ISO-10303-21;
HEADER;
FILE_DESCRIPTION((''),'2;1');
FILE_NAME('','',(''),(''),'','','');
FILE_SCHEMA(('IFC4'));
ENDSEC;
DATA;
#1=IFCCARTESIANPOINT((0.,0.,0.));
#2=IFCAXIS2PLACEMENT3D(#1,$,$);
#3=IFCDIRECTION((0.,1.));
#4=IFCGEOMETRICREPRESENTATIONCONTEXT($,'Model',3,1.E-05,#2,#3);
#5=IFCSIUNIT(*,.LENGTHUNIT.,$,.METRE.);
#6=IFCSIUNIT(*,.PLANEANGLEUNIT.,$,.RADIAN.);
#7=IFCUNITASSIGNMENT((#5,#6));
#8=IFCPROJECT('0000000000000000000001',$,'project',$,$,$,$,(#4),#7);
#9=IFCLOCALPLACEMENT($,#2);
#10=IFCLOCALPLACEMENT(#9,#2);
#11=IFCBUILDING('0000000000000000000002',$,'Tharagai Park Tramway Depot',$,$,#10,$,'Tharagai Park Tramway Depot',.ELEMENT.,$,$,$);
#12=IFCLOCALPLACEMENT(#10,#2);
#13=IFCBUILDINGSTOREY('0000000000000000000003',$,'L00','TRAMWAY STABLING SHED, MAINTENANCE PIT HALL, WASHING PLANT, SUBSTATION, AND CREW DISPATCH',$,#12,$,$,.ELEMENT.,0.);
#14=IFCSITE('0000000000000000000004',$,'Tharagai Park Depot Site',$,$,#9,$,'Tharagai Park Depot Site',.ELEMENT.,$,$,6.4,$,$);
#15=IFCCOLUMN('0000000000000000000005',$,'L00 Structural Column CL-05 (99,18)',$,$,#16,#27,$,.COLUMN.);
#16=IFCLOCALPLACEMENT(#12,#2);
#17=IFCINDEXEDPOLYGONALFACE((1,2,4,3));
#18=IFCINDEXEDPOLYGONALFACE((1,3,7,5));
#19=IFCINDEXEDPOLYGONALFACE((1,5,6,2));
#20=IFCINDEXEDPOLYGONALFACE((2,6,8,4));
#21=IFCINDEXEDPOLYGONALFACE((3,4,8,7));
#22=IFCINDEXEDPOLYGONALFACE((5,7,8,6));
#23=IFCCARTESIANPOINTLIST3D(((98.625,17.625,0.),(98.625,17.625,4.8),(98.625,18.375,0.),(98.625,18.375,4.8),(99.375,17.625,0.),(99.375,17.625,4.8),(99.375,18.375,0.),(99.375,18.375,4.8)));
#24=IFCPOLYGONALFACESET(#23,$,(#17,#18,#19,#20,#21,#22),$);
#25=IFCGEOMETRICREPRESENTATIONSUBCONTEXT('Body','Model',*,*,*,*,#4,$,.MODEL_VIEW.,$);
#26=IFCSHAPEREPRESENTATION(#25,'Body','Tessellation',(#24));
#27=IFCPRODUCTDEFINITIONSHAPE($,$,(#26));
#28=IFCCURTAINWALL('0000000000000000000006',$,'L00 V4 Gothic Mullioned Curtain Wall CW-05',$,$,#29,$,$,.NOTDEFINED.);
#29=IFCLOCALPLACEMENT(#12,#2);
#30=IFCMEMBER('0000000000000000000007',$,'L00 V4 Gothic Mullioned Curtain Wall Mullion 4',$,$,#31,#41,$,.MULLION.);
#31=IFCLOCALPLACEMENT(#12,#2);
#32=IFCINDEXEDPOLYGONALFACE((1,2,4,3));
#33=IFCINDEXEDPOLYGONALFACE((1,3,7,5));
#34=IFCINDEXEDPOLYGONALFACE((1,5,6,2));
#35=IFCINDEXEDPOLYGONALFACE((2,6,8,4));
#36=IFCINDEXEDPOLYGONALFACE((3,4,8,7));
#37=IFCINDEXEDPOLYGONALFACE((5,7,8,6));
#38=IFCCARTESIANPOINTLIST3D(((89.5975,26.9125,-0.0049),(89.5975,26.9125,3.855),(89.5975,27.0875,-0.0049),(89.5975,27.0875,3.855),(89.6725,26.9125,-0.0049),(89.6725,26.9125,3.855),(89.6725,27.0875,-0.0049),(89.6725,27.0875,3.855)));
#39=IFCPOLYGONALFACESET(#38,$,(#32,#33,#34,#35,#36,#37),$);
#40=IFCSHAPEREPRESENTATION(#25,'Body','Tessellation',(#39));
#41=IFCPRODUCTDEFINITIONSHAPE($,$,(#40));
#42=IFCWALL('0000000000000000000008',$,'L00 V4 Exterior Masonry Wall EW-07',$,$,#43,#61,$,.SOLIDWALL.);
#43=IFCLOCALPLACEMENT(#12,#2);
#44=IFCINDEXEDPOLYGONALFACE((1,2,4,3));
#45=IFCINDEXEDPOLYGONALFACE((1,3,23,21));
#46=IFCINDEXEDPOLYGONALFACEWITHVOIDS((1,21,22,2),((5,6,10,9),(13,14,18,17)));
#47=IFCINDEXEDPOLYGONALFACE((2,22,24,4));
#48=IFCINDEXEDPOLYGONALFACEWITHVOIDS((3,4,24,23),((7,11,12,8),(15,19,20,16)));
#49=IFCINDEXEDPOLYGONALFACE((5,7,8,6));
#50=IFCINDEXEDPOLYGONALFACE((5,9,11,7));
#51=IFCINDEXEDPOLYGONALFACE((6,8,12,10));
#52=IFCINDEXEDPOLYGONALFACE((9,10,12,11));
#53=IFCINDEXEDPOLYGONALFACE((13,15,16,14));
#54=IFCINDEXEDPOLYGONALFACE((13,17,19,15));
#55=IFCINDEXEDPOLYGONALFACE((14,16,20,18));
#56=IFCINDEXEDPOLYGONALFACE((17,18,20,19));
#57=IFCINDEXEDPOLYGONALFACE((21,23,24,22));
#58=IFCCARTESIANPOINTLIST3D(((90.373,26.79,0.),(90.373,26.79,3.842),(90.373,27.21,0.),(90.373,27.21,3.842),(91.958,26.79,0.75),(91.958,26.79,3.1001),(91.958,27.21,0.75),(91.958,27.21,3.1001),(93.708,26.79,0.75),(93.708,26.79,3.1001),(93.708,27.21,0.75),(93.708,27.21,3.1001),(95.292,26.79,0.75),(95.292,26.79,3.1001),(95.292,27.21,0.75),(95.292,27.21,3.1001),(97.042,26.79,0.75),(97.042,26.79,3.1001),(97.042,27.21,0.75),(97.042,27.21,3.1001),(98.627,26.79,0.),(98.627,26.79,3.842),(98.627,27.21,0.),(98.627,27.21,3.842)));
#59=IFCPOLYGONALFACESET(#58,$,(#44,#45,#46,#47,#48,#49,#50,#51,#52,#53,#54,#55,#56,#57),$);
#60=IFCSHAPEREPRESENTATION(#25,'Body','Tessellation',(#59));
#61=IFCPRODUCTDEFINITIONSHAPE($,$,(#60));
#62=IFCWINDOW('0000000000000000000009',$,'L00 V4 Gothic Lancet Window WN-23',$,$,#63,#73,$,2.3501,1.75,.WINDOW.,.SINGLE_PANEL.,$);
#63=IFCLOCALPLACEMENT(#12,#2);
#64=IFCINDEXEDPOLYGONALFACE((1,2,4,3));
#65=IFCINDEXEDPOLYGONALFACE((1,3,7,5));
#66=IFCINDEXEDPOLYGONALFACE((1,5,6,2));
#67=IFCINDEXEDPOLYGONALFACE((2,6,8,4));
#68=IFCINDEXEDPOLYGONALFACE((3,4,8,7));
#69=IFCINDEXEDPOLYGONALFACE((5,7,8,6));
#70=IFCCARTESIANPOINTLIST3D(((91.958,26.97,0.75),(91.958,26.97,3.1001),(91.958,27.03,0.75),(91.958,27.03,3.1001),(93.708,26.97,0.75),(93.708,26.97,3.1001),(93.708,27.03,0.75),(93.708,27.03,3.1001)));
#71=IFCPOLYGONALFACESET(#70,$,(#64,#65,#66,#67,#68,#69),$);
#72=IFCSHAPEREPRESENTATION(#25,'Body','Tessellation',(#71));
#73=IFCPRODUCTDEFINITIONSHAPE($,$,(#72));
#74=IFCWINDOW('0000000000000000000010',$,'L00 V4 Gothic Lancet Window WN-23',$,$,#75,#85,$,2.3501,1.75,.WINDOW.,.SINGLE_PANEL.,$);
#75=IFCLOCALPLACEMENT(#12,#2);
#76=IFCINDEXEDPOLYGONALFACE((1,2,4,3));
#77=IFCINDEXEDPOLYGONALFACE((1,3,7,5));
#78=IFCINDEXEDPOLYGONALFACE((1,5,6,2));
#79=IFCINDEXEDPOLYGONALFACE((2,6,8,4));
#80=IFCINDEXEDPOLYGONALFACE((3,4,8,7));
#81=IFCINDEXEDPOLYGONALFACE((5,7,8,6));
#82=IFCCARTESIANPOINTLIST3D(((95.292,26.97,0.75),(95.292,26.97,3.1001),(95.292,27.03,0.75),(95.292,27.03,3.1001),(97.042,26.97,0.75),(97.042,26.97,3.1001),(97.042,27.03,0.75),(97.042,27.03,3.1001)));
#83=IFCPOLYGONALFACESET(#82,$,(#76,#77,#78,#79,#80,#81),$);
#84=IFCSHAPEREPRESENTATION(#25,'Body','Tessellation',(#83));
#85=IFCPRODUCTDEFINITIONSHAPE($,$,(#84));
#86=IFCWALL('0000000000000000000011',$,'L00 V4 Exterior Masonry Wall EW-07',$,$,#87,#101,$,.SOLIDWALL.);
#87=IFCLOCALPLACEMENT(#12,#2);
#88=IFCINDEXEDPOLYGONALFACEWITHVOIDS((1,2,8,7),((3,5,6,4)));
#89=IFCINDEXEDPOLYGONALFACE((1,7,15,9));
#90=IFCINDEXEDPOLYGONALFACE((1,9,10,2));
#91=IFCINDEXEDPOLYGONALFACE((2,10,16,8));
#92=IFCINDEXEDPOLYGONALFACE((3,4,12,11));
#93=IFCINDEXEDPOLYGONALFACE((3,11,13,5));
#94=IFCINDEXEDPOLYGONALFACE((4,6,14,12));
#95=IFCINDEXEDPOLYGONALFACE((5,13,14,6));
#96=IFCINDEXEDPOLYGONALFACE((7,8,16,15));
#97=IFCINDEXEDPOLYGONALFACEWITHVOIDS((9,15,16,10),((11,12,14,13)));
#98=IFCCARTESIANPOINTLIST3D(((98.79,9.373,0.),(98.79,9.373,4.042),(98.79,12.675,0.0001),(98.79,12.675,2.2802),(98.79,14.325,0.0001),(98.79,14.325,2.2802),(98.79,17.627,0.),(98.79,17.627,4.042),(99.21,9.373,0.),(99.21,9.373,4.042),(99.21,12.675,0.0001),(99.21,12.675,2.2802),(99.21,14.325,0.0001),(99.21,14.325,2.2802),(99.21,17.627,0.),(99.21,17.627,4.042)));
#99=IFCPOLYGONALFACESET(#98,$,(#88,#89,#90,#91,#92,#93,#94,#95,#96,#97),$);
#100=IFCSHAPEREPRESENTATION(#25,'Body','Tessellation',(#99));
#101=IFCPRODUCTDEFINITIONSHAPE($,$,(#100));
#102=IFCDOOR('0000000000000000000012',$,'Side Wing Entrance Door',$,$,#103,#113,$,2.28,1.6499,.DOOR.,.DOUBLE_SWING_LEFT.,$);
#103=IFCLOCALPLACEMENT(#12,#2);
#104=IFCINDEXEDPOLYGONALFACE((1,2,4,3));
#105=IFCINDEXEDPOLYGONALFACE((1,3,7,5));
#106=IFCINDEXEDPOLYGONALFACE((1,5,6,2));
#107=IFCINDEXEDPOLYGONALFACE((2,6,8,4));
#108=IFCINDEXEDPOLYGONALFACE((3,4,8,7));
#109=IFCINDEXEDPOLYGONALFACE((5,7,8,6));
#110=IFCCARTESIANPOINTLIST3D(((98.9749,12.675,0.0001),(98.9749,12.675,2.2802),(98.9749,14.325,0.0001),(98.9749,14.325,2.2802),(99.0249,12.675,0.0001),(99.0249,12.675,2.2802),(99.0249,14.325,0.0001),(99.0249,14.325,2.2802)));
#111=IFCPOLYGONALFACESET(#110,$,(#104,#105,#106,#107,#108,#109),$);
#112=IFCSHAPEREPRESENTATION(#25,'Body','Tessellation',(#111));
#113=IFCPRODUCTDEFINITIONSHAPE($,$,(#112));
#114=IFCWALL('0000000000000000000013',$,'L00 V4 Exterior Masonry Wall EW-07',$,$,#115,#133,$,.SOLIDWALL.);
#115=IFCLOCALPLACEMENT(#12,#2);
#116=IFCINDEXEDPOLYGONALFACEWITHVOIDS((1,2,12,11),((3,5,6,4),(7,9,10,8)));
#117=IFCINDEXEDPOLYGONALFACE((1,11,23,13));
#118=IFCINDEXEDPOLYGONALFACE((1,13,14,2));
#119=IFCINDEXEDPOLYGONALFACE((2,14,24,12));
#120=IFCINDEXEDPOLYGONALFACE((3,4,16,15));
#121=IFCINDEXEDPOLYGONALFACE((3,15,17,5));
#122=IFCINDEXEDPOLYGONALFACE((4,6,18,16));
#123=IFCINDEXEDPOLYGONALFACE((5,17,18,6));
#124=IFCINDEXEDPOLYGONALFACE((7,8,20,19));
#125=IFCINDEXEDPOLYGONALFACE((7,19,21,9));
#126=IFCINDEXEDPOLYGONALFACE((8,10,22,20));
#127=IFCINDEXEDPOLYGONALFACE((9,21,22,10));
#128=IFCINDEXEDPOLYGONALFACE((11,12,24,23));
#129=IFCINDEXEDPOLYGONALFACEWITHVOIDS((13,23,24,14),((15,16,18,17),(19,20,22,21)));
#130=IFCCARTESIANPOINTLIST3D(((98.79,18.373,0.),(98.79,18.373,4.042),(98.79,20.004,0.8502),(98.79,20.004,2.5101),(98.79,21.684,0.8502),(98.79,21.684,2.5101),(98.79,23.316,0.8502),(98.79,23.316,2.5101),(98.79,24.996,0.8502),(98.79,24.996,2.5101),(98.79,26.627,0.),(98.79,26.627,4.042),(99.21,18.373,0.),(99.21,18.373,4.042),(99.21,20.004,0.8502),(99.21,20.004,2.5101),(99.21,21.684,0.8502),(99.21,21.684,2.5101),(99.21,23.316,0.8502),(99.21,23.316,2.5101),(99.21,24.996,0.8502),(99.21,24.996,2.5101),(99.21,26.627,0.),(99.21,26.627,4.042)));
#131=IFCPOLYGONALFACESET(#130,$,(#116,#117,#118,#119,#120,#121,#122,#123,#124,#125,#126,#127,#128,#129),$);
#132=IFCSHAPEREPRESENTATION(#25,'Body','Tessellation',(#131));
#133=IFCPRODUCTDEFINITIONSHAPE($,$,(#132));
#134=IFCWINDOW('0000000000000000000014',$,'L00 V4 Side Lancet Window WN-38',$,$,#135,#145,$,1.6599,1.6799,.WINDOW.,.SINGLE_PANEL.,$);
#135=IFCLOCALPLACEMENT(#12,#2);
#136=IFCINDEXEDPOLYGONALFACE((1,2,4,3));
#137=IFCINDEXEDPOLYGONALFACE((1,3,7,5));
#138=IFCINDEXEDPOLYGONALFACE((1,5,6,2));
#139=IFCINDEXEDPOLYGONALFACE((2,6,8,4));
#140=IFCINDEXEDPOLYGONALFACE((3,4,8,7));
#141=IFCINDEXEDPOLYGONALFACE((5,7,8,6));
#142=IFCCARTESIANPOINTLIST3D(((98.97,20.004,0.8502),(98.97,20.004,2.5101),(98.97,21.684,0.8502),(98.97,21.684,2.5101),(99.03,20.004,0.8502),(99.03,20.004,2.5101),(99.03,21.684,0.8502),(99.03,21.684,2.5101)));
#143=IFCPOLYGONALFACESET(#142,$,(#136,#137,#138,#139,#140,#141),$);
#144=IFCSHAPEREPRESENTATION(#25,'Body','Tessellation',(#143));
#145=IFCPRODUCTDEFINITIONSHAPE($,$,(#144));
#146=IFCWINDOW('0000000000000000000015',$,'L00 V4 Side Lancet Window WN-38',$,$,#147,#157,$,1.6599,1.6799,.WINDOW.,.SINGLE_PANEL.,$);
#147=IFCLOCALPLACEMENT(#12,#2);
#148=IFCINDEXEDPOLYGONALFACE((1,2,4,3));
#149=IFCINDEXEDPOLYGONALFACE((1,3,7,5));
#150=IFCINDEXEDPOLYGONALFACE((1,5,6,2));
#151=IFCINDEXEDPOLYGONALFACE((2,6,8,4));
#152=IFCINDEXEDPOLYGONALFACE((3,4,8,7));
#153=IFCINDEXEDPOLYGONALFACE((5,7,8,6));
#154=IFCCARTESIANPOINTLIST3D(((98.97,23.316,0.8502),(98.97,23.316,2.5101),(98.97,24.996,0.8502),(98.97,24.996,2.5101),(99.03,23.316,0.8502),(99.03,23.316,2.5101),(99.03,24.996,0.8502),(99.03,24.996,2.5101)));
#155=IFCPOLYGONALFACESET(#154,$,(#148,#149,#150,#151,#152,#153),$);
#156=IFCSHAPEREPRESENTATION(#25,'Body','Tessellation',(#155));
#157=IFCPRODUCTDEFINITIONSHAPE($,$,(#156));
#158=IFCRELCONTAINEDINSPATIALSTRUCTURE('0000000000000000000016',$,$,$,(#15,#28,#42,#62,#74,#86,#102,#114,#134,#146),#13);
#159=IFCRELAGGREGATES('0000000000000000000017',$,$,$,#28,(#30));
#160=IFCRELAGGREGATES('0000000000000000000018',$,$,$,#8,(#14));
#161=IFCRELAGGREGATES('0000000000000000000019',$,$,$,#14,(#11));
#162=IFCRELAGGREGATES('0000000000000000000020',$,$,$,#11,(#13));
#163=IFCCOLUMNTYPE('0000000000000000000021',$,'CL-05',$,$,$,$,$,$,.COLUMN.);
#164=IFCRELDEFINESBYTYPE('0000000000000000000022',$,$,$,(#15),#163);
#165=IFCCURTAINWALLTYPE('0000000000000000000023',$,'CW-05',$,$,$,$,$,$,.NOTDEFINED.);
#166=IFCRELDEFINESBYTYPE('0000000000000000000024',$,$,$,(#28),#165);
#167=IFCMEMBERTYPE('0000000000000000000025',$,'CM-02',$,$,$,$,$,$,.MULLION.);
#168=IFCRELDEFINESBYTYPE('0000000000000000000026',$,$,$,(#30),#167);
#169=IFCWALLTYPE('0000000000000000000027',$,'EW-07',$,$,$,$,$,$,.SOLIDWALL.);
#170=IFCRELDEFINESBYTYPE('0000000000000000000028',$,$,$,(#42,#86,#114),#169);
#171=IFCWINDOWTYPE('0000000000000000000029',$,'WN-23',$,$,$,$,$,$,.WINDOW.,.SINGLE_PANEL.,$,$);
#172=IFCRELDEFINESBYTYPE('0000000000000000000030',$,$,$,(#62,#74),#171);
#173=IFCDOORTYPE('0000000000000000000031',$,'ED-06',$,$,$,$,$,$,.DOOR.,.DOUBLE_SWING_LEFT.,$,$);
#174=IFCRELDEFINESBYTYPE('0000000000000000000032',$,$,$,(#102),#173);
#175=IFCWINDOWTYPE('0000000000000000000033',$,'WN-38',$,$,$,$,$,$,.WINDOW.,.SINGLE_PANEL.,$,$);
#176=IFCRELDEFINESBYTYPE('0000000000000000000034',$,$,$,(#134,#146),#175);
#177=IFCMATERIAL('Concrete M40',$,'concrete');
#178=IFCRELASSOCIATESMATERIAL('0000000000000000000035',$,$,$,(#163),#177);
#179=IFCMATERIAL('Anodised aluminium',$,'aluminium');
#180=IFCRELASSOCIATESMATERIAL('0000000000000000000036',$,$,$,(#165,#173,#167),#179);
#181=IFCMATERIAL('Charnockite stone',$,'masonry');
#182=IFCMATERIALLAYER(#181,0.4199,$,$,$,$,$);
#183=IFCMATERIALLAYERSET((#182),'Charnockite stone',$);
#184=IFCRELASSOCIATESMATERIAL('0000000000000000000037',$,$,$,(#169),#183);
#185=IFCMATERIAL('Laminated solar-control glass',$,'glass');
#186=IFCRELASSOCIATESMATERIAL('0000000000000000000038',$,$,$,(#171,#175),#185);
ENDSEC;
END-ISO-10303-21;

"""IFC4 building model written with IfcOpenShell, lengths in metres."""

from ifc_helpers import new_model, si_unit, direction, frame, frame_2d, origin, origin_2d, place, context, subcontext, project, spatial, rectangle, extrude, material, layer, layer_set, material_profile, profile_set, type_object, element, fill, aggregate, save


model = new_model("IFC4")

# Units and contexts
model_context = context("Model", 3, precision=1e-05, world=origin(), true_north=direction((0.0, 1.0)))
body_context = subcontext(model_context, "Body", "Model", "MODEL_VIEW")
ifc_project = project(units=[si_unit("LENGTHUNIT", "METRE"), si_unit("PLANEANGLEUNIT", "RADIAN")], contexts=[model_context])

# Site, building, storey
site_placement = place(None, origin())
site = spatial("IfcSite", under=ifc_project, at=site_placement, Name="Tharagai Park Depot Site", LongName="Tharagai Park Depot Site", CompositionType="ELEMENT", RefElevation=6.4)
building_placement = place(site_placement, origin())
building = spatial("IfcBuilding", under=site, at=building_placement, Name="Tharagai Park Tramway Depot", LongName="Tharagai Park Tramway Depot", CompositionType="ELEMENT")
storey_placement = place(building_placement, origin())
storey = spatial("IfcBuildingStorey", under=building, at=storey_placement, Name="L00", Description="TRAMWAY STABLING SHED, MAINTENANCE PIT HALL, WASHING PLANT, SUBSTATION, AND CREW DISPATCH", CompositionType="ELEMENT", Elevation=0.0)

# Shared definitions
ifc_material_1 = material(Name="Concrete M40", Category="concrete")

# Column
ifc_material_profile_1 = material_profile(ifc_material_1, rectangle(XDim=0.75, YDim=0.75, at=origin_2d()), Name="RC 750x750")
ifc_profile_set_1 = profile_set([ifc_material_profile_1], Name="Concrete M40")
column_type = type_object("IfcColumnType", Name="CL-05", PredefinedType="COLUMN", material=ifc_profile_set_1)
for number, where, z_axis, x_axis, name in (
    (1, (99.0, 18.0, 0.0), (0.0, 0.0, 1.0), (1.0, 0.0, 0.0), "L00 Structural Column CL-05 (99,18)"),
):
    element("IfcColumn", number, at=place(storey_placement, frame(where, z_axis=z_axis, x_axis=x_axis)), inside=storey, type_object=column_type, Name=name, PredefinedType="COLUMN", context=body_context, shape_type="SweptSolid", body=[
        extrude(rectangle(XDim=0.75, YDim=0.75, at=origin_2d()), origin(), (0.0, 0.0, 1.0), 4.8),
    ])

# Curtain wall, member
ifc_material_2 = material(Name="Anodised aluminium", Category="aluminium")
curtain_wall_type = type_object("IfcCurtainWallType", Name="CW-05", PredefinedType="NOTDEFINED", material=ifc_material_2)
curtain_wall_placement = place(storey_placement, origin())
curtain_wall = element("IfcCurtainWall", 2, at=curtain_wall_placement, inside=storey, type_object=curtain_wall_type, Name="L00 V4 Gothic Mullioned Curtain Wall CW-05", PredefinedType="NOTDEFINED")
ifc_material_profile_2 = material_profile(ifc_material_2, rectangle(XDim=0.075, YDim=0.175, at=origin_2d()), Name="ALU 75x175")
ifc_profile_set_2 = profile_set([ifc_material_profile_2], Name="Anodised aluminium")
member_type = type_object("IfcMemberType", Name="CM-02", PredefinedType="MULLION", material=ifc_profile_set_2)
member_placement = place(storey_placement, frame((89.635, 27.0, -0.0049), z_axis=(0.0, 0.0, 1.0), x_axis=(1.0, 0.0, 0.0)))
member = element("IfcMember", 3, at=member_placement, type_object=member_type, Name="L00 V4 Gothic Mullioned Curtain Wall Mullion 4", PredefinedType="MULLION", context=body_context, shape_type="SweptSolid", body=[
    extrude(rectangle(XDim=0.075, YDim=0.175, at=origin_2d()), origin(), (0.0, 0.0, 1.0), 3.8599),
])
aggregate(curtain_wall, [member])

# Wall, openings, windows
ifc_material_3 = material(Name="Charnockite stone", Category="masonry")
ifc_layer_1 = layer(ifc_material_3, 0.4199)
ifc_layer_set_1 = layer_set([ifc_layer_1], Name="Charnockite stone")
wall_type_1 = type_object("IfcWallType", Name="EW-07", PredefinedType="SOLIDWALL", material=ifc_layer_set_1)
wall_1_placement = place(storey_placement, frame((90.373, 27.0, 0.0), z_axis=(0.0, 0.0, 1.0), x_axis=(1.0, 0.0, 0.0)))
wall_1 = element("IfcWall", 4, at=wall_1_placement, inside=storey, type_object=wall_type_1, Name="L00 V4 Exterior Masonry Wall EW-07", PredefinedType="SOLIDWALL", context=body_context, shape_type="SweptSolid", body=[
    extrude(rectangle(XDim=8.2539, YDim=0.4199, at=frame_2d((4.127, 0.0))), origin(), (0.0, 0.0, 1.0), 3.842),
])
opening_1_placement = place(wall_1_placement, frame((1.585, 0.0, 0.75)))
opening_1 = element("IfcOpeningElement", 5, at=opening_1_placement, cuts=wall_1, PredefinedType="OPENING", context=body_context, shape_type="SweptSolid", body=[
    extrude(rectangle(XDim=1.75, YDim=2.3501, at=frame_2d((0.875, 1.175))), frame((0.0, 0.22, 0.0), z_axis=(0.0, -1.0, 0.0), x_axis=(1.0, 0.0, 0.0)), (0.0, 0.0, 1.0), 0.4399),
])
opening_2_placement = place(wall_1_placement, frame((4.9189, 0.0, 0.75)))
opening_2 = element("IfcOpeningElement", 6, at=opening_2_placement, cuts=wall_1, PredefinedType="OPENING", context=body_context, shape_type="SweptSolid", body=[
    extrude(rectangle(XDim=1.75, YDim=2.3501, at=frame_2d((0.875, 1.175))), frame((0.0, 0.22, 0.0), z_axis=(0.0, -1.0, 0.0), x_axis=(1.0, 0.0, 0.0)), (0.0, 0.0, 1.0), 0.4399),
])
ifc_material_4 = material(Name="Laminated solar-control glass", Category="glass")
window_type_1 = type_object("IfcWindowType", Name="WN-23", PartitioningType="SINGLE_PANEL", PredefinedType="WINDOW", material=ifc_material_4)
window_1_placement = place(opening_1_placement, origin())
window_1 = element("IfcWindow", 7, at=window_1_placement, inside=storey, type_object=window_type_1, Name="L00 V4 Gothic Lancet Window WN-23", OverallHeight=2.3501, OverallWidth=1.75, PartitioningType="SINGLE_PANEL", PredefinedType="WINDOW", context=body_context, shape_type="SweptSolid", body=[
    extrude(rectangle(XDim=1.75, YDim=2.3501, at=frame_2d((0.875, 1.175))), frame((0.0, 0.03, 0.0), z_axis=(0.0, -1.0, 0.0), x_axis=(1.0, 0.0, 0.0)), (0.0, 0.0, 1.0), 0.0601),
])
fill(opening_1, window_1)
window_2_placement = place(opening_2_placement, origin())
window_2 = element("IfcWindow", 8, at=window_2_placement, inside=storey, type_object=window_type_1, Name="L00 V4 Gothic Lancet Window WN-23", OverallHeight=2.3501, OverallWidth=1.75, PartitioningType="SINGLE_PANEL", PredefinedType="WINDOW", context=body_context, shape_type="SweptSolid", body=[
    extrude(rectangle(XDim=1.75, YDim=2.3501, at=frame_2d((0.875, 1.175))), frame((0.0, 0.03, 0.0), z_axis=(0.0, -1.0, 0.0), x_axis=(1.0, 0.0, 0.0)), (0.0, 0.0, 1.0), 0.0601),
])
fill(opening_2, window_2)

# Wall, opening, door
wall_2_placement = place(storey_placement, frame((99.0, 9.373, 0.0), z_axis=(0.0, 0.0, 1.0), x_axis=(0.0, 1.0, 0.0)))
wall_2 = element("IfcWall", 9, at=wall_2_placement, inside=storey, type_object=wall_type_1, Name="L00 V4 Exterior Masonry Wall EW-07", PredefinedType="SOLIDWALL", context=body_context, shape_type="SweptSolid", body=[
    extrude(rectangle(XDim=8.2539, YDim=0.4199, at=frame_2d((4.127, 0.0))), origin(), (0.0, 0.0, 1.0), 4.042),
])
opening_3_placement = place(wall_2_placement, frame((3.302, 0.0, 0.0)))
opening_3 = element("IfcOpeningElement", 10, at=opening_3_placement, cuts=wall_2, PredefinedType="OPENING", context=body_context, shape_type="SweptSolid", body=[
    extrude(rectangle(XDim=1.6499, YDim=2.28, at=frame_2d((0.825, 1.1401))), frame((0.0, 0.22, 0.0), z_axis=(0.0, -1.0, 0.0), x_axis=(1.0, 0.0, 0.0)), (0.0, 0.0, 1.0), 0.4399),
])
door_type_1 = type_object("IfcDoorType", Name="ED-06", OperationType="DOUBLE_SWING_LEFT", PredefinedType="DOOR", material=ifc_material_2)
door_1_placement = place(opening_3_placement, frame((1.6499, 0.0, 0.0), z_axis=(0.0, 0.0, 1.0), x_axis=(-1.0, 0.0, 0.0)))
door_1 = element("IfcDoor", 11, at=door_1_placement, inside=storey, type_object=door_type_1, Name="Side Wing Entrance Door", OperationType="DOUBLE_SWING_LEFT", OverallHeight=2.28, OverallWidth=1.6499, PredefinedType="DOOR", context=body_context, shape_type="SweptSolid", body=[
    extrude(rectangle(XDim=1.6499, YDim=2.28, at=frame_2d((0.825, 1.1401))), frame((0.0, 0.0249, 0.0), z_axis=(0.0, -1.0, 0.0), x_axis=(1.0, 0.0, 0.0)), (0.0, 0.0, 1.0), 0.05),
])
fill(opening_3, door_1)

# Wall, openings, windows
wall_3_placement = place(storey_placement, frame((99.0, 18.373, 0.0), z_axis=(0.0, 0.0, 1.0), x_axis=(0.0, 1.0, 0.0)))
wall_3 = element("IfcWall", 12, at=wall_3_placement, inside=storey, type_object=wall_type_1, Name="L00 V4 Exterior Masonry Wall EW-07", PredefinedType="SOLIDWALL", context=body_context, shape_type="SweptSolid", body=[
    extrude(rectangle(XDim=8.2539, YDim=0.4199, at=frame_2d((4.127, 0.0))), origin(), (0.0, 0.0, 1.0), 4.042),
])
opening_4_placement = place(wall_3_placement, frame((1.6311, 0.0, 0.8501)))
opening_4 = element("IfcOpeningElement", 13, at=opening_4_placement, cuts=wall_3, PredefinedType="OPENING", context=body_context, shape_type="SweptSolid", body=[
    extrude(rectangle(XDim=1.6799, YDim=1.6599, at=frame_2d((0.8398, 0.8301))), frame((0.0, 0.22, 0.0), z_axis=(0.0, -1.0, 0.0), x_axis=(1.0, 0.0, 0.0)), (0.0, 0.0, 1.0), 0.4399),
])
opening_5_placement = place(wall_3_placement, frame((4.9431, 0.0, 0.8501)))
opening_5 = element("IfcOpeningElement", 14, at=opening_5_placement, cuts=wall_3, PredefinedType="OPENING", context=body_context, shape_type="SweptSolid", body=[
    extrude(rectangle(XDim=1.6799, YDim=1.6599, at=frame_2d((0.8398, 0.8301))), frame((0.0, 0.22, 0.0), z_axis=(0.0, -1.0, 0.0), x_axis=(1.0, 0.0, 0.0)), (0.0, 0.0, 1.0), 0.4399),
])
window_type_2 = type_object("IfcWindowType", Name="WN-38", PartitioningType="SINGLE_PANEL", PredefinedType="WINDOW", material=ifc_material_4)
window_3_placement = place(opening_4_placement, origin())
window_3 = element("IfcWindow", 15, at=window_3_placement, inside=storey, type_object=window_type_2, Name="L00 V4 Side Lancet Window WN-38", OverallHeight=1.6599, OverallWidth=1.6799, PartitioningType="SINGLE_PANEL", PredefinedType="WINDOW", context=body_context, shape_type="SweptSolid", body=[
    extrude(rectangle(XDim=1.6799, YDim=1.6599, at=frame_2d((0.8398, 0.8301))), frame((0.0, 0.03, 0.0), z_axis=(0.0, -1.0, 0.0), x_axis=(1.0, 0.0, 0.0)), (0.0, 0.0, 1.0), 0.0601),
])
fill(opening_4, window_3)
window_4_placement = place(opening_5_placement, origin())
window_4 = element("IfcWindow", 16, at=window_4_placement, inside=storey, type_object=window_type_2, Name="L00 V4 Side Lancet Window WN-38", OverallHeight=1.6599, OverallWidth=1.6799, PartitioningType="SINGLE_PANEL", PredefinedType="WINDOW", context=body_context, shape_type="SweptSolid", body=[
    extrude(rectangle(XDim=1.6799, YDim=1.6599, at=frame_2d((0.8398, 0.8301))), frame((0.0, 0.03, 0.0), z_axis=(0.0, -1.0, 0.0), x_axis=(1.0, 0.0, 0.0)), (0.0, 0.0, 1.0), 0.0601),
])
fill(opening_5, window_4)

save(model, "model.ifc")
